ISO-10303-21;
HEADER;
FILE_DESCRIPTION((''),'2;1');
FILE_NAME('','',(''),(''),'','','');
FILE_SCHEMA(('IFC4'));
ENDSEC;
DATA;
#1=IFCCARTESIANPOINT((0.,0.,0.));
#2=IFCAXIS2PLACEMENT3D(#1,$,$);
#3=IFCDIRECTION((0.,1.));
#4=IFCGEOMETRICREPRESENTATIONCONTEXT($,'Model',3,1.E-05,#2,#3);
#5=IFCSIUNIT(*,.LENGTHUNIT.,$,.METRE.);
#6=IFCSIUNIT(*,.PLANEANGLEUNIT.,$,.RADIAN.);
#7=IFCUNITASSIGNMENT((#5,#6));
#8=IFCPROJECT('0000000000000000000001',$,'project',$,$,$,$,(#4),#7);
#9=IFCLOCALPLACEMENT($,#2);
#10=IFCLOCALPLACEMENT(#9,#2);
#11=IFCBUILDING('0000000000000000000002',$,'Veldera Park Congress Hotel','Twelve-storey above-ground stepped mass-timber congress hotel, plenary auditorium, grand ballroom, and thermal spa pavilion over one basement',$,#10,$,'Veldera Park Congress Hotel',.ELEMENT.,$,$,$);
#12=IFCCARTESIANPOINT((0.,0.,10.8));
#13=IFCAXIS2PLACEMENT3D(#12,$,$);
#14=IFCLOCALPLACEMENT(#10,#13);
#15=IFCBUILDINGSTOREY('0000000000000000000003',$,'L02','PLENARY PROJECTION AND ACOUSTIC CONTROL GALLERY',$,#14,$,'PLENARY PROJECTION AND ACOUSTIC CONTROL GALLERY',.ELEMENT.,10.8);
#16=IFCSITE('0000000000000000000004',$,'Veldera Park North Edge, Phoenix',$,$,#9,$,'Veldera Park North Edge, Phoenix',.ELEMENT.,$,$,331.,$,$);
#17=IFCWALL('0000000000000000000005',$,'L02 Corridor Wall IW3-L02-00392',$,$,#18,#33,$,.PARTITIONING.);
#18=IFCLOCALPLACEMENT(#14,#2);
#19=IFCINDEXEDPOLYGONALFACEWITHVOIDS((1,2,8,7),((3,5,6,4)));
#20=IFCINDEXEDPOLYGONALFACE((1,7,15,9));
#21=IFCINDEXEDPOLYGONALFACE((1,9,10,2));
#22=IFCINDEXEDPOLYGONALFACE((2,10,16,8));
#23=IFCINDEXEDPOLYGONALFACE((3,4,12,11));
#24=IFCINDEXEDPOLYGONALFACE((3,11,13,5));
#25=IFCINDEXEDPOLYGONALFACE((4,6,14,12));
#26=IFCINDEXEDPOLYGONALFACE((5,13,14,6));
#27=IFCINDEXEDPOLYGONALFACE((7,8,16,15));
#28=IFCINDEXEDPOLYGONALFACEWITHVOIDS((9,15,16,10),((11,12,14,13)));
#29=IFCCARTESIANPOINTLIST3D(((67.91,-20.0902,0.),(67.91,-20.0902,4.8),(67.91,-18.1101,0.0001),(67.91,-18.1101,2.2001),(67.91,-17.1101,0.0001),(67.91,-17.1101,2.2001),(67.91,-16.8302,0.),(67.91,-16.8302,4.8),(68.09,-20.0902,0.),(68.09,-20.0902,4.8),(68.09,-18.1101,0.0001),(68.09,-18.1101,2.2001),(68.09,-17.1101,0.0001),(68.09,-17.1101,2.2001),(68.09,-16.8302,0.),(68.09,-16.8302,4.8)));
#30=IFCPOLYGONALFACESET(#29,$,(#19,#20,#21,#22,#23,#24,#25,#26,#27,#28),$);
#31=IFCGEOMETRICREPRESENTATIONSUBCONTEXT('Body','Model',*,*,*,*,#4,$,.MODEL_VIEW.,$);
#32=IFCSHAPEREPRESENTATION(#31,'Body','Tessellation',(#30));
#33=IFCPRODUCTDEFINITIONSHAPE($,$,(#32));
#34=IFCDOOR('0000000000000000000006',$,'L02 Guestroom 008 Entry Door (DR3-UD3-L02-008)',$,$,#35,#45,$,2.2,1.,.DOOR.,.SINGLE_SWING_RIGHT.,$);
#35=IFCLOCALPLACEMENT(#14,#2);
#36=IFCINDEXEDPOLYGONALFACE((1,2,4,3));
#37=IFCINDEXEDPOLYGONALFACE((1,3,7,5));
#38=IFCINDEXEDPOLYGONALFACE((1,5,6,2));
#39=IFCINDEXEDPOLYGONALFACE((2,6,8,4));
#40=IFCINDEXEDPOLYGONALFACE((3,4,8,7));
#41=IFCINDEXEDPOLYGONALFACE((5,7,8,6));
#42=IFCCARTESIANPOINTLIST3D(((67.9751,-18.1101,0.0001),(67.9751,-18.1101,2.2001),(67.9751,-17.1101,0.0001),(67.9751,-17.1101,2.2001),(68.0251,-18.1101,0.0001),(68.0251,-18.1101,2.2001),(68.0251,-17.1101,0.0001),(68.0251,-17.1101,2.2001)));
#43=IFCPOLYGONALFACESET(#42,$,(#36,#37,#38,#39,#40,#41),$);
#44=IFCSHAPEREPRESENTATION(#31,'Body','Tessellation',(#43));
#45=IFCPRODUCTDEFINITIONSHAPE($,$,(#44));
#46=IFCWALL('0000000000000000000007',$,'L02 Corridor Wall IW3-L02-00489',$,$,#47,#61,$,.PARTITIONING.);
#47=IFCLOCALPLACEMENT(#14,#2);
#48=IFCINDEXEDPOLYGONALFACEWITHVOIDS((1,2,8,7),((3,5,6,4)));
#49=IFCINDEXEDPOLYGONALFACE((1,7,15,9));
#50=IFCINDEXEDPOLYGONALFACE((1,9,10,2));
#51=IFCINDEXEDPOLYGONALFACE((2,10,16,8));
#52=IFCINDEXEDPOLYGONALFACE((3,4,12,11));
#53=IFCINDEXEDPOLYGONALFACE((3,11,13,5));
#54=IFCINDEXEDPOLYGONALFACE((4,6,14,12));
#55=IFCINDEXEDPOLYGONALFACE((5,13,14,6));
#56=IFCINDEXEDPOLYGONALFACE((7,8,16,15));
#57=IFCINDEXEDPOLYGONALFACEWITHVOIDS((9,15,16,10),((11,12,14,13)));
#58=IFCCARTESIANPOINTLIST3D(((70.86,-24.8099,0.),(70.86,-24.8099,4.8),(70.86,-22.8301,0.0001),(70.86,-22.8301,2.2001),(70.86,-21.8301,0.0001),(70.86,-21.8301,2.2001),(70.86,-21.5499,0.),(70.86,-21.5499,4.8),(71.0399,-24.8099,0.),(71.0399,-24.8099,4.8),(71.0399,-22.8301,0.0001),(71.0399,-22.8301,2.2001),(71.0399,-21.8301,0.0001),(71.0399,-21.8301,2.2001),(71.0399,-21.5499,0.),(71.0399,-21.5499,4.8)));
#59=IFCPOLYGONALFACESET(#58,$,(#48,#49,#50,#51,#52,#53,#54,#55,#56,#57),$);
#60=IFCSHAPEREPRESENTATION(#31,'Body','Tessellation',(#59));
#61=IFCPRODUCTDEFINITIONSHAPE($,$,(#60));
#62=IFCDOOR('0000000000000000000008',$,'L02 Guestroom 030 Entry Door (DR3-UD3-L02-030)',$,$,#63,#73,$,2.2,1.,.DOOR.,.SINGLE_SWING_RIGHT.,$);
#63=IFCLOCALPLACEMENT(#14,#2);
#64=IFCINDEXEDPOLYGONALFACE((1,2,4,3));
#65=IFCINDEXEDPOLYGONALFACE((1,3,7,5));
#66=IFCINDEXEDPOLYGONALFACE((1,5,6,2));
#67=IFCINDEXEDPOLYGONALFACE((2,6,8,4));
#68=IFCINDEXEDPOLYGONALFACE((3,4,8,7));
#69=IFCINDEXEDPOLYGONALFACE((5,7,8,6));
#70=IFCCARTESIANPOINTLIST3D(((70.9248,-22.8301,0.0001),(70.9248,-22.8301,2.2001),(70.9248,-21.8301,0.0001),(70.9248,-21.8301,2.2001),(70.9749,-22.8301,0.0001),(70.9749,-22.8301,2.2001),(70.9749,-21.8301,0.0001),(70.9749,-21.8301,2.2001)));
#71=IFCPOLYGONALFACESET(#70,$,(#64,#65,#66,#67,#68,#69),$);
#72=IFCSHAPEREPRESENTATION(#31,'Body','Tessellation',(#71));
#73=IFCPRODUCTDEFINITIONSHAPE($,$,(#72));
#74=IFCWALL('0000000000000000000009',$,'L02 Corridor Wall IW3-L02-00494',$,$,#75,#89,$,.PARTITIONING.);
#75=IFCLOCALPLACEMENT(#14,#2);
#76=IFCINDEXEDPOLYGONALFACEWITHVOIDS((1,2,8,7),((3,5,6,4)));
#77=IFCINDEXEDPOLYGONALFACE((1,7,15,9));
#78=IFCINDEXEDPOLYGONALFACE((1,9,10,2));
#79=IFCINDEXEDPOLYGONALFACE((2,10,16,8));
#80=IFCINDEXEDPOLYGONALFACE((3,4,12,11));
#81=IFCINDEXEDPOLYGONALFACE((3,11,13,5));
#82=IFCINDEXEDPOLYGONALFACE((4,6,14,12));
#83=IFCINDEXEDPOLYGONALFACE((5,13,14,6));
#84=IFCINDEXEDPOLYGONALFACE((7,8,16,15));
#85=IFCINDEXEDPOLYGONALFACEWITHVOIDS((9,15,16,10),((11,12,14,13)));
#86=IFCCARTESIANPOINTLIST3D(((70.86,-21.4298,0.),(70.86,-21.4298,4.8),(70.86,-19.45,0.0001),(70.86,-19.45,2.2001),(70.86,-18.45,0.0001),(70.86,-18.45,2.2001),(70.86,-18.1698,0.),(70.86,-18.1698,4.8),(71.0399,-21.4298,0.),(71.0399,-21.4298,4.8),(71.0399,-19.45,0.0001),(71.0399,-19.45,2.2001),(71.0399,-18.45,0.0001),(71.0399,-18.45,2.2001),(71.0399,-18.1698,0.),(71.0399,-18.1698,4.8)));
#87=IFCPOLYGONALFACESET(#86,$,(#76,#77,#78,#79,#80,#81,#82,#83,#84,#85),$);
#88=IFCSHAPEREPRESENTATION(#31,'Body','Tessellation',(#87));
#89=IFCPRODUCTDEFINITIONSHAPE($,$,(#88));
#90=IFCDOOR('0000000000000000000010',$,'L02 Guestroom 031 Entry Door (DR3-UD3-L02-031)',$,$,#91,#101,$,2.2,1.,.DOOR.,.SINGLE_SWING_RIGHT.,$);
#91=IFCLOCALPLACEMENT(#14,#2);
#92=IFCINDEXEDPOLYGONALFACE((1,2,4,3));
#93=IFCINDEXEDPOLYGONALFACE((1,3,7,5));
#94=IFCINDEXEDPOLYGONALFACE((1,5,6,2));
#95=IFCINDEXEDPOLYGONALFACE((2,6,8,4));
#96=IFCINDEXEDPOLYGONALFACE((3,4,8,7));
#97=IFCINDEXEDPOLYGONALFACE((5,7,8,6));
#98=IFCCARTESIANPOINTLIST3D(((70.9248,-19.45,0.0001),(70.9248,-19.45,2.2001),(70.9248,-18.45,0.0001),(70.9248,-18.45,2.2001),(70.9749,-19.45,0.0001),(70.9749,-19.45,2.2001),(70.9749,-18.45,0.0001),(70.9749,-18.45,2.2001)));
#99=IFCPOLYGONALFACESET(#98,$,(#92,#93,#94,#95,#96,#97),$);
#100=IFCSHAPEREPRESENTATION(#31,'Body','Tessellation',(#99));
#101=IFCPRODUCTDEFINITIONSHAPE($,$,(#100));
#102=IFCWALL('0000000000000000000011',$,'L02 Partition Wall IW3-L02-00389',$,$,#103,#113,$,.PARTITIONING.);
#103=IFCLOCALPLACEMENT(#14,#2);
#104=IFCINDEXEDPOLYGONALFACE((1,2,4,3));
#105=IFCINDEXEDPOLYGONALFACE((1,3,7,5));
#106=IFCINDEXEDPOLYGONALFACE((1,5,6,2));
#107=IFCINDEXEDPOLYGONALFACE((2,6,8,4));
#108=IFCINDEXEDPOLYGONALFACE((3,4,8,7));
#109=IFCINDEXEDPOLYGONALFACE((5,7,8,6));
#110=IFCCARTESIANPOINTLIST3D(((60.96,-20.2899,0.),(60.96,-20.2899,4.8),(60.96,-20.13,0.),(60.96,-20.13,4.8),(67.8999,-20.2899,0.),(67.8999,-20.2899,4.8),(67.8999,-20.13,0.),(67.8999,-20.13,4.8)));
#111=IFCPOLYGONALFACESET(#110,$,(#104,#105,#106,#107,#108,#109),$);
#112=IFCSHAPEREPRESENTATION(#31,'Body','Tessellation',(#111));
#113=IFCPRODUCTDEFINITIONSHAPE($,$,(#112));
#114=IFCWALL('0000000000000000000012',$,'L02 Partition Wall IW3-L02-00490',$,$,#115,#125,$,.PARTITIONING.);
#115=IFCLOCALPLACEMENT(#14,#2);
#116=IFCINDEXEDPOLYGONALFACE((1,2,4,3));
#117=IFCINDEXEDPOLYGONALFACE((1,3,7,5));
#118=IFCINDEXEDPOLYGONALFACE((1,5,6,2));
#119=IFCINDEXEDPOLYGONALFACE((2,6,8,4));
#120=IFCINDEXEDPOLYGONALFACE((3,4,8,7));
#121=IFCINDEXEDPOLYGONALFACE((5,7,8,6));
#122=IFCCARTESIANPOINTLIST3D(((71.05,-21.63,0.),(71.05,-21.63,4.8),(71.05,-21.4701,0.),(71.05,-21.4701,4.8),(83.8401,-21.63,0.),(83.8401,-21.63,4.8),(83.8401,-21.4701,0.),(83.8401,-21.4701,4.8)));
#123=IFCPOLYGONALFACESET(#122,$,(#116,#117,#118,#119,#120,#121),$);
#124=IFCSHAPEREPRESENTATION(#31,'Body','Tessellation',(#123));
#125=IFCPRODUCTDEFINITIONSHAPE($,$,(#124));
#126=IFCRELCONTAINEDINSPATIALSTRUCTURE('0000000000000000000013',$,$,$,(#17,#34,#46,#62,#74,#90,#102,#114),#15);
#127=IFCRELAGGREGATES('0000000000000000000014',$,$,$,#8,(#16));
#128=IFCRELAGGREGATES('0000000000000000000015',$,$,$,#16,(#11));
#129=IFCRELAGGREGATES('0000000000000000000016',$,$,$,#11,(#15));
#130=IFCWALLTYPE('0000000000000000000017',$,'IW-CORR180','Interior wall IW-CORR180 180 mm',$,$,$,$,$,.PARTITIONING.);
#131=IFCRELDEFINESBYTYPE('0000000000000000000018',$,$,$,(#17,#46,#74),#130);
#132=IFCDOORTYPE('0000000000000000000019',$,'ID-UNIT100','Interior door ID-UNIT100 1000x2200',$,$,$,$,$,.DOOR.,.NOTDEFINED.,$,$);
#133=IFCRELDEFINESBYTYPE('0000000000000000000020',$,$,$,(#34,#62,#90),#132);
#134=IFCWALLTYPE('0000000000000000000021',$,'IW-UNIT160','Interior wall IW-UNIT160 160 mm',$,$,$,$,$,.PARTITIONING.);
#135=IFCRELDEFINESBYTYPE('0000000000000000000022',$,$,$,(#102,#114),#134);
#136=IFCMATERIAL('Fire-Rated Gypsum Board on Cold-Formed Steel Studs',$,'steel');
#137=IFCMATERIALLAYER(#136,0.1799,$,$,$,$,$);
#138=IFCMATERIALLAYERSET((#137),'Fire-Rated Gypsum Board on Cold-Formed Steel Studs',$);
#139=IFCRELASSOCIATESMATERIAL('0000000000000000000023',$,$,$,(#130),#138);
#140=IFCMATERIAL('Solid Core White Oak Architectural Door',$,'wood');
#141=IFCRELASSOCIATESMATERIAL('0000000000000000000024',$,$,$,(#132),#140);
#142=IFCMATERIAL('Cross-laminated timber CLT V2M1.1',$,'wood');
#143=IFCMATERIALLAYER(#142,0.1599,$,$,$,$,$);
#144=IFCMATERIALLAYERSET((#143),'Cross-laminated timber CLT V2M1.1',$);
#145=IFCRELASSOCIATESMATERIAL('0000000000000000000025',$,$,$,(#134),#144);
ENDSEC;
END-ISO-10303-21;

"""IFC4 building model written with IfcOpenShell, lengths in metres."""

from ifc_helpers import new_model, si_unit, direction, frame, frame_2d, origin, place, context, subcontext, project, spatial, rectangle, extrude, material, layer, layer_set, type_object, element, fill, save


model = new_model("IFC4")

# Units and contexts
model_context = context("Model", 3, precision=1e-05, world=origin(), true_north=direction((0.0, 1.0)))
body_context = subcontext(model_context, "Body", "Model", "MODEL_VIEW")
ifc_project = project(units=[si_unit("LENGTHUNIT", "METRE"), si_unit("PLANEANGLEUNIT", "RADIAN")], contexts=[model_context])

# Site, building, storey
site_placement = place(None, origin())
site = spatial("IfcSite", under=ifc_project, at=site_placement, Name="Veldera Park North Edge, Phoenix", LongName="Veldera Park North Edge, Phoenix", CompositionType="ELEMENT", RefElevation=331.0)
building_placement = place(site_placement, origin())
building = spatial("IfcBuilding", under=site, at=building_placement, Name="Veldera Park Congress Hotel", Description="Twelve-storey above-ground stepped mass-timber congress hotel, plenary auditorium, grand ballroom, and thermal spa pavilion over one basement", LongName="Veldera Park Congress Hotel", CompositionType="ELEMENT")
storey_placement = place(building_placement, frame((0.0, 0.0, 10.8)))
storey = spatial("IfcBuildingStorey", under=building, at=storey_placement, Name="L02", Description="PLENARY PROJECTION AND ACOUSTIC CONTROL GALLERY", LongName="PLENARY PROJECTION AND ACOUSTIC CONTROL GALLERY", CompositionType="ELEMENT", Elevation=10.8)

# Shared definitions
ifc_material_1 = material(Name="Cross-laminated timber CLT V2M1.1", Category="wood")

# Shared definitions
ifc_material_2 = material(Name="Fire-Rated Gypsum Board on Cold-Formed Steel Studs", Category="steel")
ifc_material_3 = material(Name="Solid Core White Oak Architectural Door", Category="wood")

# Walls, openings, doors
ifc_layer_1 = layer(ifc_material_2, 0.1799)
ifc_layer_set_1 = layer_set([ifc_layer_1], Name="Fire-Rated Gypsum Board on Cold-Formed Steel Studs")
wall_type_1 = type_object("IfcWallType", Name="IW-CORR180", Description="Interior wall IW-CORR180 180 mm", PredefinedType="PARTITIONING", material=ifc_layer_set_1)
wall_1_placement = place(storey_placement, frame((68.0, -20.0901, 0.0), z_axis=(0.0, 0.0, 1.0), x_axis=(0.0, 1.0, 0.0)))
wall_1 = element("IfcWall", 1, at=wall_1_placement, inside=storey, type_object=wall_type_1, Name="L02 Corridor Wall IW3-L02-00392", PredefinedType="PARTITIONING", context=body_context, shape_type="SweptSolid", body=[
    extrude(rectangle(XDim=3.26, YDim=0.1799, at=frame_2d((1.6299, 0.0))), origin(), (0.0, 0.0, 1.0), 4.8),
])
opening_1_placement = place(wall_1_placement, frame((1.98, 0.0, 0.0)))
opening_1 = element("IfcOpeningElement", 2, at=opening_1_placement, cuts=wall_1, PredefinedType="OPENING", context=body_context, shape_type="SweptSolid", body=[
    extrude(rectangle(XDim=1.0, YDim=2.2, at=frame_2d((0.5, 1.1001))), frame((0.0, 0.1021, 0.0), z_axis=(0.0, -1.0, 0.0), x_axis=(1.0, 0.0, 0.0)), (0.0, 0.0, 1.0), 0.2039),
])
door_type_1 = type_object("IfcDoorType", Name="ID-UNIT100", Description="Interior door ID-UNIT100 1000x2200", OperationType="NOTDEFINED", PredefinedType="DOOR", material=ifc_material_3)
door_1_placement = place(opening_1_placement, origin())
door_1 = element("IfcDoor", 3, at=door_1_placement, inside=storey, type_object=door_type_1, Name="L02 Guestroom 008 Entry Door (DR3-UD3-L02-008)", OperationType="SINGLE_SWING_RIGHT", OverallHeight=2.2, OverallWidth=1.0, PredefinedType="DOOR", context=body_context, shape_type="SweptSolid", body=[
    extrude(rectangle(XDim=1.0, YDim=2.2, at=frame_2d((0.5, 1.1001))), frame((0.0, 0.0249, 0.0), z_axis=(0.0, -1.0, 0.0), x_axis=(1.0, 0.0, 0.0)), (0.0, 0.0, 1.0), 0.05),
])
fill(opening_1, door_1)
wall_2_placement = place(storey_placement, frame((70.95, -21.55, 0.0), z_axis=(0.0, 0.0, 1.0), x_axis=(0.0, -1.0, 0.0)))
wall_2 = element("IfcWall", 4, at=wall_2_placement, inside=storey, type_object=wall_type_1, Name="L02 Corridor Wall IW3-L02-00489", PredefinedType="PARTITIONING", context=body_context, shape_type="SweptSolid", body=[
    extrude(rectangle(XDim=3.26, YDim=0.1799, at=frame_2d((1.6299, 0.0))), origin(), (0.0, 0.0, 1.0), 4.8),
])
opening_2_placement = place(wall_2_placement, frame((0.28, 0.0, 0.0)))
opening_2 = element("IfcOpeningElement", 5, at=opening_2_placement, cuts=wall_2, PredefinedType="OPENING", context=body_context, shape_type="SweptSolid", body=[
    extrude(rectangle(XDim=1.0, YDim=2.2, at=frame_2d((0.5, 1.1001))), frame((0.0, 0.1021, 0.0), z_axis=(0.0, -1.0, 0.0), x_axis=(1.0, 0.0, 0.0)), (0.0, 0.0, 1.0), 0.2039),
])
door_2_placement = place(opening_2_placement, origin())
door_2 = element("IfcDoor", 6, at=door_2_placement, inside=storey, type_object=door_type_1, Name="L02 Guestroom 030 Entry Door (DR3-UD3-L02-030)", OperationType="SINGLE_SWING_RIGHT", OverallHeight=2.2, OverallWidth=1.0, PredefinedType="DOOR", context=body_context, shape_type="SweptSolid", body=[
    extrude(rectangle(XDim=1.0, YDim=2.2, at=frame_2d((0.5, 1.1001))), frame((0.0, 0.0249, 0.0), z_axis=(0.0, -1.0, 0.0), x_axis=(1.0, 0.0, 0.0)), (0.0, 0.0, 1.0), 0.05),
])
fill(opening_2, door_2)
wall_3_placement = place(storey_placement, frame((70.95, -18.1699, 0.0), z_axis=(0.0, 0.0, 1.0), x_axis=(0.0, -1.0, 0.0)))
wall_3 = element("IfcWall", 7, at=wall_3_placement, inside=storey, type_object=wall_type_1, Name="L02 Corridor Wall IW3-L02-00494", PredefinedType="PARTITIONING", context=body_context, shape_type="SweptSolid", body=[
    extrude(rectangle(XDim=3.26, YDim=0.1799, at=frame_2d((1.6299, 0.0))), origin(), (0.0, 0.0, 1.0), 4.8),
])
opening_3_placement = place(wall_3_placement, frame((0.28, 0.0, 0.0)))
opening_3 = element("IfcOpeningElement", 8, at=opening_3_placement, cuts=wall_3, PredefinedType="OPENING", context=body_context, shape_type="SweptSolid", body=[
    extrude(rectangle(XDim=1.0, YDim=2.2, at=frame_2d((0.5, 1.1001))), frame((0.0, 0.1021, 0.0), z_axis=(0.0, -1.0, 0.0), x_axis=(1.0, 0.0, 0.0)), (0.0, 0.0, 1.0), 0.2039),
])
door_3_placement = place(opening_3_placement, origin())
door_3 = element("IfcDoor", 9, at=door_3_placement, inside=storey, type_object=door_type_1, Name="L02 Guestroom 031 Entry Door (DR3-UD3-L02-031)", OperationType="SINGLE_SWING_RIGHT", OverallHeight=2.2, OverallWidth=1.0, PredefinedType="DOOR", context=body_context, shape_type="SweptSolid", body=[
    extrude(rectangle(XDim=1.0, YDim=2.2, at=frame_2d((0.5, 1.1001))), frame((0.0, 0.0249, 0.0), z_axis=(0.0, -1.0, 0.0), x_axis=(1.0, 0.0, 0.0)), (0.0, 0.0, 1.0), 0.05),
])
fill(opening_3, door_3)

# Walls
ifc_layer_2 = layer(ifc_material_1, 0.1599)
ifc_layer_set_2 = layer_set([ifc_layer_2], Name="Cross-laminated timber CLT V2M1.1")
wall_type_2 = type_object("IfcWallType", Name="IW-UNIT160", Description="Interior wall IW-UNIT160 160 mm", PredefinedType="PARTITIONING", material=ifc_layer_set_2)
wall_4_placement = place(storey_placement, frame((60.96, -20.21, 0.0), z_axis=(0.0, 0.0, 1.0), x_axis=(1.0, 0.0, 0.0)))
element("IfcWall", 10, at=wall_4_placement, inside=storey, type_object=wall_type_2, Name="L02 Partition Wall IW3-L02-00389", PredefinedType="PARTITIONING", context=body_context, shape_type="SweptSolid", body=[
    extrude(rectangle(XDim=6.9399, YDim=0.1599, at=frame_2d((3.47, 0.0))), origin(), (0.0, 0.0, 1.0), 4.8),
])
wall_5_placement = place(storey_placement, frame((71.05, -21.55, 0.0), z_axis=(0.0, 0.0, 1.0), x_axis=(1.0, 0.0, 0.0)))
element("IfcWall", 11, at=wall_5_placement, inside=storey, type_object=wall_type_2, Name="L02 Partition Wall IW3-L02-00490", PredefinedType="PARTITIONING", context=body_context, shape_type="SweptSolid", body=[
    extrude(rectangle(XDim=12.79, YDim=0.1599, at=frame_2d((6.395, 0.0))), origin(), (0.0, 0.0, 1.0), 4.8),
])

save(model, "model.ifc")
